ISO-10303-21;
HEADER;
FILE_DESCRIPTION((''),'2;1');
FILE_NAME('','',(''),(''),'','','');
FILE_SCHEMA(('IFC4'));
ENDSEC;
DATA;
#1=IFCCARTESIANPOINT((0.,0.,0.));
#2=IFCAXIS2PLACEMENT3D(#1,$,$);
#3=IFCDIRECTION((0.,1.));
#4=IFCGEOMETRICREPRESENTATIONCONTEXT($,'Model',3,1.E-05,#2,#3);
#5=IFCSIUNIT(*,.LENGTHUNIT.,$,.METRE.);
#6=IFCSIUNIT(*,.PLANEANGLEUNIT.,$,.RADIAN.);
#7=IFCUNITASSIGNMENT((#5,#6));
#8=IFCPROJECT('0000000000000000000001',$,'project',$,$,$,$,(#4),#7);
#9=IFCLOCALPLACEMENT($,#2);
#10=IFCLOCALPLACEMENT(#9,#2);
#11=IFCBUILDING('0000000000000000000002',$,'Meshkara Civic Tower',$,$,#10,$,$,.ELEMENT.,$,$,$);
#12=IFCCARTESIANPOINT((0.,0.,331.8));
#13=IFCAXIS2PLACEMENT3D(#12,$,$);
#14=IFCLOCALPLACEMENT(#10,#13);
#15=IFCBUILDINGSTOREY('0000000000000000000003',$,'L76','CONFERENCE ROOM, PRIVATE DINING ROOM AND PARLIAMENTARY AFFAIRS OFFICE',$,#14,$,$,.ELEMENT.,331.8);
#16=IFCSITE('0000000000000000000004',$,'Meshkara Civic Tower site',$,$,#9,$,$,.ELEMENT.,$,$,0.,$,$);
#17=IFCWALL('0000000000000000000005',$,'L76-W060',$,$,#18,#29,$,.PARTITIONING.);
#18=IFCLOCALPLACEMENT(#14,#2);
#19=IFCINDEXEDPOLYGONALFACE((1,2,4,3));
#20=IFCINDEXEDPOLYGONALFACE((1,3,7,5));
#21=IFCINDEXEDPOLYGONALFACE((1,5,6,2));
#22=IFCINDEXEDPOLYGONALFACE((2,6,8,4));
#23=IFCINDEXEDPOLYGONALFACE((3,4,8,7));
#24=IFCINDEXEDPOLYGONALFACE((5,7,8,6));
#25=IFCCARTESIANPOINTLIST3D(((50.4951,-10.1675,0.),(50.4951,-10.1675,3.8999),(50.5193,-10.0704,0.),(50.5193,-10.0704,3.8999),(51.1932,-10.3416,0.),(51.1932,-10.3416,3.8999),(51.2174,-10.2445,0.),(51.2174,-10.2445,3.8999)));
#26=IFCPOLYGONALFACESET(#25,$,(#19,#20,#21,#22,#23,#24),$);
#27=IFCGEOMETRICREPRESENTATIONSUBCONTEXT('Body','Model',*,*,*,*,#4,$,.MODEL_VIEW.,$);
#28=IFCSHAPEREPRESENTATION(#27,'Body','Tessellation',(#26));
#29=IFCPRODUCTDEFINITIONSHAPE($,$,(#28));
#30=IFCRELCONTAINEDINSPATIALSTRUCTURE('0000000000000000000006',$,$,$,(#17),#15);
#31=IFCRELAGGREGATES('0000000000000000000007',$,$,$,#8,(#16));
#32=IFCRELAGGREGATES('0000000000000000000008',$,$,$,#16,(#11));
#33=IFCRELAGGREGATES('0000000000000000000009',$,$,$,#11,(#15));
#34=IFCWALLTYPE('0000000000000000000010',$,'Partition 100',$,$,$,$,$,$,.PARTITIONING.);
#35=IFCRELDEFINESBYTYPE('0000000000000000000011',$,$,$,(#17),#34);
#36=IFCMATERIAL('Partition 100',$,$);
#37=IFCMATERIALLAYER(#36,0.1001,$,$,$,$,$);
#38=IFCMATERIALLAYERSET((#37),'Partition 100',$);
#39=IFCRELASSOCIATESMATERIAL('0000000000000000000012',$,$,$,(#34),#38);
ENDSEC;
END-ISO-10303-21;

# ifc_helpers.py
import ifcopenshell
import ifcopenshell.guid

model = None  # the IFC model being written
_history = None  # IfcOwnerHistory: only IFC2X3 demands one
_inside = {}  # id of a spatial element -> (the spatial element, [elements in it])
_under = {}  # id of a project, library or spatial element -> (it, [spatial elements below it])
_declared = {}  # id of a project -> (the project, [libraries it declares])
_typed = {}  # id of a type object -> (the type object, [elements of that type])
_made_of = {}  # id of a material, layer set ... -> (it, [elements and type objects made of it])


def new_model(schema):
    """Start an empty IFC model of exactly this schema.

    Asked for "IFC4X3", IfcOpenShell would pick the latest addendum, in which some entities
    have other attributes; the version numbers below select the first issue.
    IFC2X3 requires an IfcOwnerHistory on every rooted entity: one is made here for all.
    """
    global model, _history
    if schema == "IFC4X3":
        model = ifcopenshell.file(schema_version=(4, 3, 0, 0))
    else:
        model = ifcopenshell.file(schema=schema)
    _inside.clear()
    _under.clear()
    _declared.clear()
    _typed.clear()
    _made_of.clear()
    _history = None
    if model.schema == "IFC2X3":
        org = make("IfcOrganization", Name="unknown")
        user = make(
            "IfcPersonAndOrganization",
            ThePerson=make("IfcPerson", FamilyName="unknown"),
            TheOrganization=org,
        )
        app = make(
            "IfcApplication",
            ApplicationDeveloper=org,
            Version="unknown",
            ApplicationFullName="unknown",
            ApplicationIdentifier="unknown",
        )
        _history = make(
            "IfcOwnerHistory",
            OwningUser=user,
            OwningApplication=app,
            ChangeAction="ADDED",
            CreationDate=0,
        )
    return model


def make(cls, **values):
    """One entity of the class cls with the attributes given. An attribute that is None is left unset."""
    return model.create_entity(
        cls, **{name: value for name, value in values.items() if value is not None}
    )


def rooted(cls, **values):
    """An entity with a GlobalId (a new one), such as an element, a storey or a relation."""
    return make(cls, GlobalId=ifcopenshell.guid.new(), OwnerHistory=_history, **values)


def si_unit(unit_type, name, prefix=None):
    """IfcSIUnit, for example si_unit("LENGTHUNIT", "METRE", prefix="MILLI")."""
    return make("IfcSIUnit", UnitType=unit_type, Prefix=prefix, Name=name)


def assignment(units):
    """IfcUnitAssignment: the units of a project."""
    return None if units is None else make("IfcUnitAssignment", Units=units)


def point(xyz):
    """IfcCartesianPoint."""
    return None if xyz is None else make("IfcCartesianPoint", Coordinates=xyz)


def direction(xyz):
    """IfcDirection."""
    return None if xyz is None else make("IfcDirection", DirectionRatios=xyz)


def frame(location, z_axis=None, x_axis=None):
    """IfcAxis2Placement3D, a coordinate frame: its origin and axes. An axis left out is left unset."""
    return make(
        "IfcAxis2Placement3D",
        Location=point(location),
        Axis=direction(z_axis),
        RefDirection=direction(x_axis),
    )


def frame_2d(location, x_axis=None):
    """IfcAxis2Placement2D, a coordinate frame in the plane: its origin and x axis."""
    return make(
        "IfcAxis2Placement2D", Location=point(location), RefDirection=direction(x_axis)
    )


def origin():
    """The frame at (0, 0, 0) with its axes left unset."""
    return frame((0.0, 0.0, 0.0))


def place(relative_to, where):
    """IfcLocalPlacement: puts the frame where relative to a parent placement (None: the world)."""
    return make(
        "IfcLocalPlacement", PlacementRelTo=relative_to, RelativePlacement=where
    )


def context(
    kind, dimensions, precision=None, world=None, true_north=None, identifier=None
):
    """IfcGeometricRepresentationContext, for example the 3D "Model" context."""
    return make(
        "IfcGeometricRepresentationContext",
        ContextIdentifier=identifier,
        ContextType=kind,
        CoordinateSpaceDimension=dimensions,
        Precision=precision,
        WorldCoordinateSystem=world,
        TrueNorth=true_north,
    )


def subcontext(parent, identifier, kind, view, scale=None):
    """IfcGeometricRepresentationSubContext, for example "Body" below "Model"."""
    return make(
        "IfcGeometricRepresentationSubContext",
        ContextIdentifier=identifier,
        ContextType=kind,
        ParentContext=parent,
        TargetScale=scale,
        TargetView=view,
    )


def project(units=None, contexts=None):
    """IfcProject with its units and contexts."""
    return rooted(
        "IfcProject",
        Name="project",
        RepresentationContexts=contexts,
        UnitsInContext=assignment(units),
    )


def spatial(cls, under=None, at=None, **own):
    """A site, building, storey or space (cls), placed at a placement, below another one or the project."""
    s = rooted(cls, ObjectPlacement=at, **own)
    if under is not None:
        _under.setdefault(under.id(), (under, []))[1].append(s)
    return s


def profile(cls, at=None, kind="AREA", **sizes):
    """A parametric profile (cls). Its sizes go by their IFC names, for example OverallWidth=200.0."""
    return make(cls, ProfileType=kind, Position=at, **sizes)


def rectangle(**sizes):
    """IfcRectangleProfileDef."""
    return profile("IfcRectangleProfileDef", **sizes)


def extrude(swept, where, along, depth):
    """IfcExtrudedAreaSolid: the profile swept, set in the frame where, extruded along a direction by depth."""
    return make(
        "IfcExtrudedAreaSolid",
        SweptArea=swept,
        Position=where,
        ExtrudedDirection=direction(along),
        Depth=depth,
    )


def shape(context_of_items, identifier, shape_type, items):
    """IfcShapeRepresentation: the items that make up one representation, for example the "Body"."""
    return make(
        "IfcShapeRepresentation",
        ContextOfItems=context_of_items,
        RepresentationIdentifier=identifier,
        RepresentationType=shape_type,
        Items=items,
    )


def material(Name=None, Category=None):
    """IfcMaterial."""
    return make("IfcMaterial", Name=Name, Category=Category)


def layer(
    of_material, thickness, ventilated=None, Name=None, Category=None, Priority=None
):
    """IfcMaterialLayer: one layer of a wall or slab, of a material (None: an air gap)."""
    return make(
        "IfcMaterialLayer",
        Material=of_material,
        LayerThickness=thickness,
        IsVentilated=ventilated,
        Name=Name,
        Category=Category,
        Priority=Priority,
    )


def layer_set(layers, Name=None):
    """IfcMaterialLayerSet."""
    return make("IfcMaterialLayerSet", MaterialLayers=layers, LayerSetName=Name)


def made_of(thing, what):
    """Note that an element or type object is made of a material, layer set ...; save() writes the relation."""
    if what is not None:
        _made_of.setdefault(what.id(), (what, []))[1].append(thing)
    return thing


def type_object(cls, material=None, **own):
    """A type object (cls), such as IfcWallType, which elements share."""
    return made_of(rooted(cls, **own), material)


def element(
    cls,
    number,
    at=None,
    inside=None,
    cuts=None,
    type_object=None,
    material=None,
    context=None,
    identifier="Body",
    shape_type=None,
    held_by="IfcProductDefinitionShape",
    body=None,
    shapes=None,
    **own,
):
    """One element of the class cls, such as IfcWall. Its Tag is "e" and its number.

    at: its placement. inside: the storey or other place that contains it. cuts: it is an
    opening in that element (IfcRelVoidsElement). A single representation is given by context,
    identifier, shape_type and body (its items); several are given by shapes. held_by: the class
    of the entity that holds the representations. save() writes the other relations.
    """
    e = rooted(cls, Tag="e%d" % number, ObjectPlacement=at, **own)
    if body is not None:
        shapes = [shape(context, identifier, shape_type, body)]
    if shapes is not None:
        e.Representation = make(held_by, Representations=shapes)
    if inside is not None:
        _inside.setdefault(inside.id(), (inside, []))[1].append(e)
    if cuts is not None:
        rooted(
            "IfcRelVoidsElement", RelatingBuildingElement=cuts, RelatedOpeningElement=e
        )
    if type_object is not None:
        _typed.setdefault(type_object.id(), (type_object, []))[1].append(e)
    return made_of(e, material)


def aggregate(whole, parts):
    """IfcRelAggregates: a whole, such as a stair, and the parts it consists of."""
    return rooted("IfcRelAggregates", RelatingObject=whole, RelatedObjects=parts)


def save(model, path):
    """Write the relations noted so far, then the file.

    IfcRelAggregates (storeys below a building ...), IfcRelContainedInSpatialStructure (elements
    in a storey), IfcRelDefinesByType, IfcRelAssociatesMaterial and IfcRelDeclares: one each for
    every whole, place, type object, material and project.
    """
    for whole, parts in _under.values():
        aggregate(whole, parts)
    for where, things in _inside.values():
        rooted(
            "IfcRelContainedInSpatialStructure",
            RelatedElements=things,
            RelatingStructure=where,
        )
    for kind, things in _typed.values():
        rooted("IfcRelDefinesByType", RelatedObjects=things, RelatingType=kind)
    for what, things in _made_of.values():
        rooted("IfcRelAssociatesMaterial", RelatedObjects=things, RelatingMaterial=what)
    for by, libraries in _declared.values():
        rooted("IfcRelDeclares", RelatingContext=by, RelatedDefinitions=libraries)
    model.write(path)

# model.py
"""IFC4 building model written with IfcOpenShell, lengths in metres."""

from ifc_helpers import new_model, si_unit, direction, frame, frame_2d, origin, place, context, subcontext, project, spatial, rectangle, extrude, material, layer, layer_set, type_object, element, save


model = new_model("IFC4")

# Units and contexts
model_context = context("Model", 3, precision=1e-05, world=origin(), true_north=direction((0.0, 1.0)))
body_context = subcontext(model_context, "Body", "Model", "MODEL_VIEW")
ifc_project = project(units=[si_unit("LENGTHUNIT", "METRE"), si_unit("PLANEANGLEUNIT", "RADIAN")], contexts=[model_context])

# Site, building, storey
site_placement = place(None, origin())
site = spatial("IfcSite", under=ifc_project, at=site_placement, Name="Meshkara Civic Tower site", CompositionType="ELEMENT", RefElevation=0.0)
building_placement = place(site_placement, origin())
building = spatial("IfcBuilding", under=site, at=building_placement, Name="Meshkara Civic Tower", CompositionType="ELEMENT")
storey_placement = place(building_placement, frame((0.0, 0.0, 331.8)))
storey = spatial("IfcBuildingStorey", under=building, at=storey_placement, Name="L76", Description="CONFERENCE ROOM, PRIVATE DINING ROOM AND PARLIAMENTARY AFFAIRS OFFICE", CompositionType="ELEMENT", Elevation=331.8)

# Wall
ifc_material_1 = material(Name="Partition 100")
ifc_layer_1 = layer(ifc_material_1, 0.1001)
ifc_layer_set_1 = layer_set([ifc_layer_1], Name="Partition 100")
wall_type_1 = type_object("IfcWallType", Name="Partition 100", PredefinedType="PARTITIONING", material=ifc_layer_set_1)
wall_1_placement = place(storey_placement, frame((50.5071, -10.1189, 0.0), z_axis=(0.0, 0.0, 1.0), x_axis=(0.970282, -0.241977, 0.0)))
element("IfcWall", 1, at=wall_1_placement, inside=storey, type_object=wall_type_1, Name="L76-W060", PredefinedType="PARTITIONING", context=body_context, shape_type="SweptSolid", body=[
    extrude(rectangle(XDim=0.7195, YDim=0.1001, at=frame_2d((0.3599, 0.0))), origin(), (0.0, 0.0, 1.0), 3.8999),
])

save(model, "model.ifc")
